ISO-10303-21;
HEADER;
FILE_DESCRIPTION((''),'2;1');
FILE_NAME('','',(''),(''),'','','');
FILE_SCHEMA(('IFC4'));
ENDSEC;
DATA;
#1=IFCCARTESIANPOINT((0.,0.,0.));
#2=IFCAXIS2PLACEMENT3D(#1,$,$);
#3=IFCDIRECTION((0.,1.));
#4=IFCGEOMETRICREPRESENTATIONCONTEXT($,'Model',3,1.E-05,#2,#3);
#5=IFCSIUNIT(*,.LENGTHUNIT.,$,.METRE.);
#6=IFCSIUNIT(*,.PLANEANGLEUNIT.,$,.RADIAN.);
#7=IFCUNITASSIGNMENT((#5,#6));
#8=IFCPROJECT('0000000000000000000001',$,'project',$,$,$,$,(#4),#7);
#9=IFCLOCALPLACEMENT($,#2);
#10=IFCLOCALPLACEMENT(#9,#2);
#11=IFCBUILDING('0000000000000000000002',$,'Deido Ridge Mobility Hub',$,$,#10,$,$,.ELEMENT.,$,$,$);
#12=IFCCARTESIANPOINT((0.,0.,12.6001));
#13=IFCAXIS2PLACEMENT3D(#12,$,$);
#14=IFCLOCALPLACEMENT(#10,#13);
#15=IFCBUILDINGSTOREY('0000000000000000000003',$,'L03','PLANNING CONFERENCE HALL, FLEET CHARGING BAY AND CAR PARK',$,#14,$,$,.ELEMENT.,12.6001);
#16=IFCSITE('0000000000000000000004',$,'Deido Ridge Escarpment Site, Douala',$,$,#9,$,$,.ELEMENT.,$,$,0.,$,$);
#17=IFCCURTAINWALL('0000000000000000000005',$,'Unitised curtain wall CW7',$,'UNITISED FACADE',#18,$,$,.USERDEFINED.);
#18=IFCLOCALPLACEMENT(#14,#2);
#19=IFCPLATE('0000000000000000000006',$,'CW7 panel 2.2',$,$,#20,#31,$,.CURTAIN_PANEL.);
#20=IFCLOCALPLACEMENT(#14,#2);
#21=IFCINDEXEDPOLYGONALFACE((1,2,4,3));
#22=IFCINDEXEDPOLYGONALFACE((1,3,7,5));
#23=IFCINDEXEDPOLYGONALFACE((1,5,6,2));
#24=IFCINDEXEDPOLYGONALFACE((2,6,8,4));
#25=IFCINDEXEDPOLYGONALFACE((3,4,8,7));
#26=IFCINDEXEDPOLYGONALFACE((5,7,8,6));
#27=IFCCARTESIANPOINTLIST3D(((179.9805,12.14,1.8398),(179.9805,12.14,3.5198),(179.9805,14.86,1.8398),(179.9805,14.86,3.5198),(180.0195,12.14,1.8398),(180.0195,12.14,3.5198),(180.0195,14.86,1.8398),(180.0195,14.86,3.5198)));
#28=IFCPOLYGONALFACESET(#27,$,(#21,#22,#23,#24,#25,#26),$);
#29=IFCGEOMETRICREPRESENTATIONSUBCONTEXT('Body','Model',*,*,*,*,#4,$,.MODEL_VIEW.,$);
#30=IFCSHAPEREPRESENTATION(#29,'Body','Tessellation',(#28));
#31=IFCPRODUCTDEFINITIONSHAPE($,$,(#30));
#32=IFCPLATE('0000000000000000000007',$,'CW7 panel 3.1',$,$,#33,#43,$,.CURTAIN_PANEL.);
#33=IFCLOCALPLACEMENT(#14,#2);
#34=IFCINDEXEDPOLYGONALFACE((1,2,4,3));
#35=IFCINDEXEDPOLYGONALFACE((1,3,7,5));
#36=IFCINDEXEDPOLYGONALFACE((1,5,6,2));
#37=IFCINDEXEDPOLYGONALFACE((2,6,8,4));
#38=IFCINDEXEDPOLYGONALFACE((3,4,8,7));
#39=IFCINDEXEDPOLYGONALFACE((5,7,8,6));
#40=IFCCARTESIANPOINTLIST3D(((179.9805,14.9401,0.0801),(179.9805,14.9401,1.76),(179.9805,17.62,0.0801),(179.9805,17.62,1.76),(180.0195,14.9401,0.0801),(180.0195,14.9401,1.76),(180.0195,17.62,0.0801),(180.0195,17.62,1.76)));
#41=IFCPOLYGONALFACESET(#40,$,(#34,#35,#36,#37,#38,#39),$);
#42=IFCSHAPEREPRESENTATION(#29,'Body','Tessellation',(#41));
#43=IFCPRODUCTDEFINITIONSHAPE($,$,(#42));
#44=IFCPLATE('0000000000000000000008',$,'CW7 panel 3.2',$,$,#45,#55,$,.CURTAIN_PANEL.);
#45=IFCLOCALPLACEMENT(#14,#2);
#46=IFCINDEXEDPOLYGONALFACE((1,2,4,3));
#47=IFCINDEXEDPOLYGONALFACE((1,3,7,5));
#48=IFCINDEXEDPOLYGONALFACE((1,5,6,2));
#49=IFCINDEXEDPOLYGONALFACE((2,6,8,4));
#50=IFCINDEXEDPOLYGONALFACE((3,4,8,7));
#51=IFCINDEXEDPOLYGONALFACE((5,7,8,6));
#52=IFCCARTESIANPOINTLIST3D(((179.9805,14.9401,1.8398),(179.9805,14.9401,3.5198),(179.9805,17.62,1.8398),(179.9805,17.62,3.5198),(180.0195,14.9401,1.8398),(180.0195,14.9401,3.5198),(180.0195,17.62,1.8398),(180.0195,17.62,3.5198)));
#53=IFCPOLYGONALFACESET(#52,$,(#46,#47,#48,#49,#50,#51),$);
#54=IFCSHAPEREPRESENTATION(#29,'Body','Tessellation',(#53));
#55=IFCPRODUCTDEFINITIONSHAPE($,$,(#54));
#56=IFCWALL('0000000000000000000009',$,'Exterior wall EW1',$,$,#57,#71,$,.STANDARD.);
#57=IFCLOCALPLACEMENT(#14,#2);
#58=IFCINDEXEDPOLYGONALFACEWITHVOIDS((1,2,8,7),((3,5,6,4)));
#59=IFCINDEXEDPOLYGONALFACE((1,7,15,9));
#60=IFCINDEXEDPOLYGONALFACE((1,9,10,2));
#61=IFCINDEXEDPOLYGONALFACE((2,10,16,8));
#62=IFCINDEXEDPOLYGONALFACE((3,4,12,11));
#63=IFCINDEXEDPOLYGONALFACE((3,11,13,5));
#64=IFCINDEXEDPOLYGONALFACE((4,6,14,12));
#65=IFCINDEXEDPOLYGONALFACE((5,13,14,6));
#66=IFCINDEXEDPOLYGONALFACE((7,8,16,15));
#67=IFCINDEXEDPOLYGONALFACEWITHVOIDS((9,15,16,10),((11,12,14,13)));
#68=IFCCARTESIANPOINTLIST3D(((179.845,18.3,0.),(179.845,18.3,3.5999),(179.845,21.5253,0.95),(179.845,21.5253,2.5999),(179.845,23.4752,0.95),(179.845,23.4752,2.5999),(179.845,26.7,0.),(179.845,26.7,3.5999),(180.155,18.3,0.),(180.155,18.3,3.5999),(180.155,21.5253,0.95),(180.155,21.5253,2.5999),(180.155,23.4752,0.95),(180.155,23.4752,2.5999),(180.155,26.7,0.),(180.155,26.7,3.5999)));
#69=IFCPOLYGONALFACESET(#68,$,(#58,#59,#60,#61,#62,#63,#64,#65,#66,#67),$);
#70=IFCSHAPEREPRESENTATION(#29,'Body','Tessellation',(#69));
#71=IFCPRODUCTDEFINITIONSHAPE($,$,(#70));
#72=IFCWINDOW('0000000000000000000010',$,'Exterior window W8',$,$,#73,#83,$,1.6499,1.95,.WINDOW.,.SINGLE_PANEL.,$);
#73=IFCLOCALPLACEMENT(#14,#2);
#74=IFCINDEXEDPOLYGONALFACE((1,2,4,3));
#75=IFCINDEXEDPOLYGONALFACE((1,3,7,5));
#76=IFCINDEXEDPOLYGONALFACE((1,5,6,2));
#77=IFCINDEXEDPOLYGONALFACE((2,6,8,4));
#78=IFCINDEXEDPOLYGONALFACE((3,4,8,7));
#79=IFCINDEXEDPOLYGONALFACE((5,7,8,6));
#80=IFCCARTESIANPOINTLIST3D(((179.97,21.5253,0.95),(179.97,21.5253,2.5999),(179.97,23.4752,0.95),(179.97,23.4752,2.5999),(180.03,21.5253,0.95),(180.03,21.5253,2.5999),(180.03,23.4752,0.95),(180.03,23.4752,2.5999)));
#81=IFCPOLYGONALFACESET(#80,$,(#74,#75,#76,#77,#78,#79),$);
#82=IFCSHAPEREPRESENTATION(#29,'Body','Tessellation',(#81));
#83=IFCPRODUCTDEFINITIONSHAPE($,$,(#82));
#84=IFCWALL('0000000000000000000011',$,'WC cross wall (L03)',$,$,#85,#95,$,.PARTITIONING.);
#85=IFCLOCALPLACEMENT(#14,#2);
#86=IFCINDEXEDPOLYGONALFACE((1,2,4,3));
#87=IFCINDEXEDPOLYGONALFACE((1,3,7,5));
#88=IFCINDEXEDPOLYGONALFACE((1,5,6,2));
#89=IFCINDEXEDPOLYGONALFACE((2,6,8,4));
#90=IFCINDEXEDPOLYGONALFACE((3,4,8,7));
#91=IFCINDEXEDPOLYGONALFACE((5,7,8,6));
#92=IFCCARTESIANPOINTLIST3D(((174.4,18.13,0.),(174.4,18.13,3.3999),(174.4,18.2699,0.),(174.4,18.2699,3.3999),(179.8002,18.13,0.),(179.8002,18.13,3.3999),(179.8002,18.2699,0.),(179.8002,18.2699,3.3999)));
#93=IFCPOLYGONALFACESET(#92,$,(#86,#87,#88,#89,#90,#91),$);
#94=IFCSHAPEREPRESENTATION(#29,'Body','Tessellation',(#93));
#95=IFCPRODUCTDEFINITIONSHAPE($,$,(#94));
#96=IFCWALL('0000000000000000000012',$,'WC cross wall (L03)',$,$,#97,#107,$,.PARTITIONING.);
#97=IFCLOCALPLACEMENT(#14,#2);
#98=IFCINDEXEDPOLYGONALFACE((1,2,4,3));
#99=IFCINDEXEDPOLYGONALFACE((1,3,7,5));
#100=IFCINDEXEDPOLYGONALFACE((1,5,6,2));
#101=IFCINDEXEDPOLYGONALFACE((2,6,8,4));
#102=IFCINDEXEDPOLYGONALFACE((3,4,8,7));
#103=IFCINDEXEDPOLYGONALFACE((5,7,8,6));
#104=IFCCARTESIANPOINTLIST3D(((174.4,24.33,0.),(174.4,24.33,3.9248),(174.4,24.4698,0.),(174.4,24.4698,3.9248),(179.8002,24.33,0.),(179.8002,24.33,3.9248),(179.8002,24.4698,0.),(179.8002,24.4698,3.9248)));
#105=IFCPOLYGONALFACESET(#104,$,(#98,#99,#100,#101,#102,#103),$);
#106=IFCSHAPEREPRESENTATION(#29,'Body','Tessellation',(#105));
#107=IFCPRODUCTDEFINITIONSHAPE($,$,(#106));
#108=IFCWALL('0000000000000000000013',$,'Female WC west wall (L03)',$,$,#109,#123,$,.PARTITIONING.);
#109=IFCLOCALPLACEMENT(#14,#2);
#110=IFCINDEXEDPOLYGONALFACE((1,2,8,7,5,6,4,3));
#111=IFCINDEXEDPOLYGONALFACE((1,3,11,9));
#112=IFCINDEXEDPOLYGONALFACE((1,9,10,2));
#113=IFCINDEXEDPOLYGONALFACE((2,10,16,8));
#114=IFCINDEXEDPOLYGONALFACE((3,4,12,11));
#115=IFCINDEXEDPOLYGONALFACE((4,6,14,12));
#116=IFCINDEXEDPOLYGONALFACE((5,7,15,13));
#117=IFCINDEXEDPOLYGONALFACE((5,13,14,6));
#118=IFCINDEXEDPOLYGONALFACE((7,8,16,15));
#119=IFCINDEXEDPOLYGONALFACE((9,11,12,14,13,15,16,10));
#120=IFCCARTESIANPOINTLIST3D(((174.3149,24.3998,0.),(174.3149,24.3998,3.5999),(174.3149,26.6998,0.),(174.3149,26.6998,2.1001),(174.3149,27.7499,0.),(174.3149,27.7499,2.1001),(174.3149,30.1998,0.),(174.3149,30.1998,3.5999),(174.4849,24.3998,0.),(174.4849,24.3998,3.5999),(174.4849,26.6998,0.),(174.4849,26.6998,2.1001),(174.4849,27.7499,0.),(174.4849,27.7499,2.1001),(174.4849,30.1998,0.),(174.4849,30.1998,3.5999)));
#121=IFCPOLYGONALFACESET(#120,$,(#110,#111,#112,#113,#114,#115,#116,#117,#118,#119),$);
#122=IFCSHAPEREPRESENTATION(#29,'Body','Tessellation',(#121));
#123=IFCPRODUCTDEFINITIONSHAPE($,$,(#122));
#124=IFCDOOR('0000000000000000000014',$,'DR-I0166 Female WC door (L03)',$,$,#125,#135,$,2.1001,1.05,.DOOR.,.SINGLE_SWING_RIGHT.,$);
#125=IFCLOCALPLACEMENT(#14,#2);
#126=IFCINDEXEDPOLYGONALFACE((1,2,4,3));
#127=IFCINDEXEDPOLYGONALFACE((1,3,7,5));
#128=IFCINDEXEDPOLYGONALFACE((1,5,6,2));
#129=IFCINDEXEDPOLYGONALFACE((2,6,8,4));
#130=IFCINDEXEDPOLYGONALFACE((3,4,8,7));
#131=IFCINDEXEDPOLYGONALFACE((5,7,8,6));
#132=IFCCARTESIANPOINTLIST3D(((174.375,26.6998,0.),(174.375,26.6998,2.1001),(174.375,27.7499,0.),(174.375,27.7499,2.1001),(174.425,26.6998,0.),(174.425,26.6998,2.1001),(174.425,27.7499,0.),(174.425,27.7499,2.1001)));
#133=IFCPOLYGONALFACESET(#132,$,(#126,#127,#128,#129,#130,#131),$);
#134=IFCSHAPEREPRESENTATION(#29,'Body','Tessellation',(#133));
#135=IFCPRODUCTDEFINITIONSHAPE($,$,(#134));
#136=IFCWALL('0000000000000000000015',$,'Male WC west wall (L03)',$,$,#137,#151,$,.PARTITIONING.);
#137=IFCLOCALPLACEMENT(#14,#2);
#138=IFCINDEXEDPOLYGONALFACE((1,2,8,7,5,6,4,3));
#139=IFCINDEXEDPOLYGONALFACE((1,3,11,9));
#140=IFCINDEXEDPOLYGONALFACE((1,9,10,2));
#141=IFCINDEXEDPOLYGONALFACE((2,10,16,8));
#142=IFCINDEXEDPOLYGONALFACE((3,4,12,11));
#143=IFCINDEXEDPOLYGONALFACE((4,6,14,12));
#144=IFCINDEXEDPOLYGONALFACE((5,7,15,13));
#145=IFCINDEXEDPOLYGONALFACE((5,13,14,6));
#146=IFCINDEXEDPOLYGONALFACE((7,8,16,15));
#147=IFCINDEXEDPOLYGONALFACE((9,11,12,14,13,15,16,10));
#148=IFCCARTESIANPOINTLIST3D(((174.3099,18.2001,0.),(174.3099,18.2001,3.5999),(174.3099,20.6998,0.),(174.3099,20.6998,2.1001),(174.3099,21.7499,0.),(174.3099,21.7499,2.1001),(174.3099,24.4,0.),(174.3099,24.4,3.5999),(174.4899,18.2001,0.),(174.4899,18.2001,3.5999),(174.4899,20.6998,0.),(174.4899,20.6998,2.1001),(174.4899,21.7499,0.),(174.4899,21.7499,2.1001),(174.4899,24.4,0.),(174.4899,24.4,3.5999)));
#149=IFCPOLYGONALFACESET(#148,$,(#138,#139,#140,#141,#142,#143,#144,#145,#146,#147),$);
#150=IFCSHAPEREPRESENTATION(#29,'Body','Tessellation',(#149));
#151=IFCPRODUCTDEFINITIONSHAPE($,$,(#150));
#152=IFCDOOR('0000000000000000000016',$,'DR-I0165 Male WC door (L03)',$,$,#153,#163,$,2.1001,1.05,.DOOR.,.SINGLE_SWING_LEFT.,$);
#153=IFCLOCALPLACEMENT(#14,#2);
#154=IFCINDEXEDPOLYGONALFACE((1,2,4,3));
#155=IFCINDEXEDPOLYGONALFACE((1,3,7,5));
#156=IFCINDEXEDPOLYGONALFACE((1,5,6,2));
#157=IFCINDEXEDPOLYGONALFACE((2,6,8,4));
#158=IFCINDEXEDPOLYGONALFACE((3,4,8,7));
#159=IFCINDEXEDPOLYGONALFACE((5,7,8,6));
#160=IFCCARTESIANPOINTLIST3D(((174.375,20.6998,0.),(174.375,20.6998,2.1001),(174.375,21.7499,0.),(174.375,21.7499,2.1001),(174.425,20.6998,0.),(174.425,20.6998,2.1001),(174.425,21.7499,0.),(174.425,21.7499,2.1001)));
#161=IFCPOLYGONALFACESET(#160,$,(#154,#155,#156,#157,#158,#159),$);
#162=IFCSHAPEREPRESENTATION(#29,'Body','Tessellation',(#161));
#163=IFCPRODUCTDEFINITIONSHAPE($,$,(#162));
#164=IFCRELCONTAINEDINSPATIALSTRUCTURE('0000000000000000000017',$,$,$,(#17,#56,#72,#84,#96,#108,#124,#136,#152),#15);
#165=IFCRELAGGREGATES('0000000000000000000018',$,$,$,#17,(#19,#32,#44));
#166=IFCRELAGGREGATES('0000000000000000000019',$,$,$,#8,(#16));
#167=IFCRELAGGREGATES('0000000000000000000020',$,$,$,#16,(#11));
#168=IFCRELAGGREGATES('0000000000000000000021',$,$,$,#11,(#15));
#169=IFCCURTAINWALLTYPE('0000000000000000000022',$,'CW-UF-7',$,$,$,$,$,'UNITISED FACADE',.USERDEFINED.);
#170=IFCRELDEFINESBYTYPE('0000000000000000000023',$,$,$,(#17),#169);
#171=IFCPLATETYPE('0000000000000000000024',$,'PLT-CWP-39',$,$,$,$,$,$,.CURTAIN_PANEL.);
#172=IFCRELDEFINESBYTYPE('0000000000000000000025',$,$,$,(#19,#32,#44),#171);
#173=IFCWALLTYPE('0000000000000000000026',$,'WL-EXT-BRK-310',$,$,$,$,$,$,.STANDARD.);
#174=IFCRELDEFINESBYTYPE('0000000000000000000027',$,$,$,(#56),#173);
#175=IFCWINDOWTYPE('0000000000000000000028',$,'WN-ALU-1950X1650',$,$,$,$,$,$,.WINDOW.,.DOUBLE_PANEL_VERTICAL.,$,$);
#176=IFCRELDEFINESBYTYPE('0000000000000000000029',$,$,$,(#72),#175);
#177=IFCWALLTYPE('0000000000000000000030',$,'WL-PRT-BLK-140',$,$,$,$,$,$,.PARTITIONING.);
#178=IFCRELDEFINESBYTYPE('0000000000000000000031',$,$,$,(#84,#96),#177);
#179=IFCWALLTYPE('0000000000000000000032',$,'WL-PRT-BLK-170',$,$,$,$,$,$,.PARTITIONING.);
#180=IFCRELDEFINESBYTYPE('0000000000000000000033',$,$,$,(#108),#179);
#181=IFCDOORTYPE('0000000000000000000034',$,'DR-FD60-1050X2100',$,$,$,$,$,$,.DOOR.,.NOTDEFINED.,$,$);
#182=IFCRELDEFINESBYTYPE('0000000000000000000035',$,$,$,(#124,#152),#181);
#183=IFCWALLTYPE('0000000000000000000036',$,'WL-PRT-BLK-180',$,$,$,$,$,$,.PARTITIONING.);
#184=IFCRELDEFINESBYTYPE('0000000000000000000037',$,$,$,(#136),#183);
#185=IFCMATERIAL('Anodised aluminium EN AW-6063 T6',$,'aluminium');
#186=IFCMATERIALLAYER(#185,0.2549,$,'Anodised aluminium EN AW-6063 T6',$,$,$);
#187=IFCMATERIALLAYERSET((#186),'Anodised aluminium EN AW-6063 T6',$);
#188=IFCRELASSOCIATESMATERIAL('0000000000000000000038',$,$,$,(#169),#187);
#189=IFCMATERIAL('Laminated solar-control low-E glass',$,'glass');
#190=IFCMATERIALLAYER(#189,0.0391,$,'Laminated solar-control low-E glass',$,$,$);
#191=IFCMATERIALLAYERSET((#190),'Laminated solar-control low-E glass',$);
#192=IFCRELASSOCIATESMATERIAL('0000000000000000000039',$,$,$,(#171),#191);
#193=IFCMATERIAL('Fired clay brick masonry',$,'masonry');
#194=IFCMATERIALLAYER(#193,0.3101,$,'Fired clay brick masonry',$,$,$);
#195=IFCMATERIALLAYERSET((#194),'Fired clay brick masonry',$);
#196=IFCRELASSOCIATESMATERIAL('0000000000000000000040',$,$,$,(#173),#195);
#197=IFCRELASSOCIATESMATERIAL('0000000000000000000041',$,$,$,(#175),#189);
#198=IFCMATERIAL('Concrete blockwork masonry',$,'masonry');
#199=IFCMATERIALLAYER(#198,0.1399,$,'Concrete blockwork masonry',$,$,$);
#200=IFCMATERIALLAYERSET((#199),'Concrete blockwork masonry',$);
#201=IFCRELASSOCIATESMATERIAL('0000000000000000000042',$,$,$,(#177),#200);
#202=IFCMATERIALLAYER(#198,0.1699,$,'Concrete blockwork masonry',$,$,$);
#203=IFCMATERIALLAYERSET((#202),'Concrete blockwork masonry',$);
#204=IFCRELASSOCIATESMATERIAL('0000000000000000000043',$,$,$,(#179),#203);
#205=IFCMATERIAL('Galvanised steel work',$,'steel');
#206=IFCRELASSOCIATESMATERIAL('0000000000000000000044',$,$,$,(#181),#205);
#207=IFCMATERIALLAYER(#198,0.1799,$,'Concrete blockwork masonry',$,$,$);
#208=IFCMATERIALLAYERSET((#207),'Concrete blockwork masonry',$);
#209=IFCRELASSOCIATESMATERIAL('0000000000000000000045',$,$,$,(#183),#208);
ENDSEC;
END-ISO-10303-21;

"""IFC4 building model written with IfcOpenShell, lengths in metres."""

from ifc_helpers import new_model, si_unit, direction, frame, frame_2d, origin, origin_2d, place, context, subcontext, project, spatial, rectangle, extrude, material, layer, layer_set, type_object, element, fill, aggregate, save


model = new_model("IFC4")

# Units and contexts
model_context = context("Model", 3, precision=1e-05, world=origin(), true_north=direction((0.0, 1.0)))
body_context = subcontext(model_context, "Body", "Model", "MODEL_VIEW")
ifc_project = project(units=[si_unit("LENGTHUNIT", "METRE"), si_unit("PLANEANGLEUNIT", "RADIAN")], contexts=[model_context])

# Site, building, storey
site_placement = place(None, origin())
site = spatial("IfcSite", under=ifc_project, at=site_placement, Name="Deido Ridge Escarpment Site, Douala", CompositionType="ELEMENT", RefElevation=0.0)
building_placement = place(site_placement, origin())
building = spatial("IfcBuilding", under=site, at=building_placement, Name="Deido Ridge Mobility Hub", CompositionType="ELEMENT")
storey_placement = place(building_placement, frame((0.0, 0.0, 12.6001)))
storey = spatial("IfcBuildingStorey", under=building, at=storey_placement, Name="L03", Description="PLANNING CONFERENCE HALL, FLEET CHARGING BAY AND CAR PARK", CompositionType="ELEMENT", Elevation=12.6001)

# Curtain wall
ifc_material_1 = material(Name="Anodised aluminium EN AW-6063 T6", Category="aluminium")
ifc_layer_1 = layer(ifc_material_1, 0.2549, Name="Anodised aluminium EN AW-6063 T6")
ifc_layer_set_1 = layer_set([ifc_layer_1], Name="Anodised aluminium EN AW-6063 T6")
curtain_wall_type = type_object("IfcCurtainWallType", Name="CW-UF-7", ElementType="UNITISED FACADE", PredefinedType="USERDEFINED", material=ifc_layer_set_1)
curtain_wall_placement = place(storey_placement, origin())
curtain_wall = element("IfcCurtainWall", 1, at=curtain_wall_placement, inside=storey, type_object=curtain_wall_type, Name="Unitised curtain wall CW7", ObjectType="UNITISED FACADE", PredefinedType="USERDEFINED")

# Plates
ifc_material_2 = material(Name="Laminated solar-control low-E glass", Category="glass")
ifc_layer_2 = layer(ifc_material_2, 0.0391, Name="Laminated solar-control low-E glass")
ifc_layer_set_2 = layer_set([ifc_layer_2], Name="Laminated solar-control low-E glass")
plate_type = type_object("IfcPlateType", Name="PLT-CWP-39", PredefinedType="CURTAIN_PANEL", material=ifc_layer_set_2)
plate_1_placement = place(storey_placement, frame((180.0, 13.5, 1.8398), z_axis=(0.0, 0.0, 1.0), x_axis=(0.0, 1.0, 0.0)))
plate_1 = element("IfcPlate", 2, at=plate_1_placement, type_object=plate_type, Name="CW7 panel 2.2", PredefinedType="CURTAIN_PANEL", context=body_context, shape_type="SweptSolid", body=[
    extrude(rectangle(XDim=2.72, YDim=0.0391, at=origin_2d()), origin(), (0.0, 0.0, 1.0), 1.6799),
])
plate_2_placement = place(storey_placement, frame((180.0, 16.28, 0.0801), z_axis=(0.0, 0.0, 1.0), x_axis=(0.0, 1.0, 0.0)))
plate_2 = element("IfcPlate", 3, at=plate_2_placement, type_object=plate_type, Name="CW7 panel 3.1", PredefinedType="CURTAIN_PANEL", context=body_context, shape_type="SweptSolid", body=[
    extrude(rectangle(XDim=2.6799, YDim=0.0391, at=origin_2d()), origin(), (0.0, 0.0, 1.0), 1.6799),
])
plate_3_placement = place(storey_placement, frame((180.0, 16.28, 1.8398), z_axis=(0.0, 0.0, 1.0), x_axis=(0.0, 1.0, 0.0)))
plate_3 = element("IfcPlate", 4, at=plate_3_placement, type_object=plate_type, Name="CW7 panel 3.2", PredefinedType="CURTAIN_PANEL", context=body_context, shape_type="SweptSolid", body=[
    extrude(rectangle(XDim=2.6799, YDim=0.0391, at=origin_2d()), origin(), (0.0, 0.0, 1.0), 1.6799),
])
aggregate(curtain_wall, [plate_1, plate_2, plate_3])

# Wall, opening, window
ifc_material_3 = material(Name="Fired clay brick masonry", Category="masonry")
ifc_layer_3 = layer(ifc_material_3, 0.3101, Name="Fired clay brick masonry")
ifc_layer_set_3 = layer_set([ifc_layer_3], Name="Fired clay brick masonry")
wall_type_1 = type_object("IfcWallType", Name="WL-EXT-BRK-310", PredefinedType="STANDARD", material=ifc_layer_set_3)
wall_1_placement = place(storey_placement, frame((180.0, 18.3, 0.0), z_axis=(0.0, 0.0, 1.0), x_axis=(0.0, 1.0, 0.0)))
wall_1 = element("IfcWall", 5, at=wall_1_placement, inside=storey, type_object=wall_type_1, Name="Exterior wall EW1", PredefinedType="STANDARD", context=body_context, shape_type="SweptSolid", body=[
    extrude(rectangle(XDim=8.3999, YDim=0.3101, at=frame_2d((4.2, 0.0))), origin(), (0.0, 0.0, 1.0), 3.5999),
])
opening_1_placement = place(wall_1_placement, frame((3.2251, 0.0, 0.95)))
opening_1 = element("IfcOpeningElement", 6, at=opening_1_placement, cuts=wall_1, PredefinedType="OPENING", context=body_context, shape_type="SweptSolid", body=[
    extrude(rectangle(XDim=1.95, YDim=1.6499, at=frame_2d((0.9751, 0.825))), frame((0.0, 0.165, 0.0), z_axis=(0.0, -1.0, 0.0), x_axis=(1.0, 0.0, 0.0)), (0.0, 0.0, 1.0), 0.3301),
])
window_type = type_object("IfcWindowType", Name="WN-ALU-1950X1650", PartitioningType="DOUBLE_PANEL_VERTICAL", PredefinedType="WINDOW", material=ifc_material_2)
window_placement = place(opening_1_placement, origin())
window = element("IfcWindow", 7, at=window_placement, inside=storey, type_object=window_type, Name="Exterior window W8", OverallHeight=1.6499, OverallWidth=1.95, PartitioningType="SINGLE_PANEL", PredefinedType="WINDOW", context=body_context, shape_type="SweptSolid", body=[
    extrude(rectangle(XDim=1.95, YDim=1.6499, at=frame_2d((0.9751, 0.825))), frame((0.0, 0.03, 0.0), z_axis=(0.0, -1.0, 0.0), x_axis=(1.0, 0.0, 0.0)), (0.0, 0.0, 1.0), 0.0601),
])
fill(opening_1, window)

# Walls
ifc_material_4 = material(Name="Concrete blockwork masonry", Category="masonry")
ifc_layer_4 = layer(ifc_material_4, 0.1399, Name="Concrete blockwork masonry")
ifc_layer_set_4 = layer_set([ifc_layer_4], Name="Concrete blockwork masonry")
wall_type_2 = type_object("IfcWallType", Name="WL-PRT-BLK-140", PredefinedType="PARTITIONING", material=ifc_layer_set_4)
wall_2_placement = place(storey_placement, frame((174.3999, 18.2, 0.0), z_axis=(0.0, 0.0, 1.0), x_axis=(1.0, 0.0, 0.0)))
element("IfcWall", 8, at=wall_2_placement, inside=storey, type_object=wall_type_2, Name="WC cross wall (L03)", PredefinedType="PARTITIONING", context=body_context, shape_type="SweptSolid", body=[
    extrude(rectangle(XDim=5.4001, YDim=0.1399, at=frame_2d((2.7002, 0.0))), origin(), (0.0, 0.0, 1.0), 3.3999),
])
wall_3_placement = place(storey_placement, frame((174.3999, 24.3999, 0.0), z_axis=(0.0, 0.0, 1.0), x_axis=(1.0, 0.0, 0.0)))
element("IfcWall", 9, at=wall_3_placement, inside=storey, type_object=wall_type_2, Name="WC cross wall (L03)", PredefinedType="PARTITIONING", context=body_context, shape_type="SweptSolid", body=[
    extrude(rectangle(XDim=5.4001, YDim=0.1399, at=frame_2d((2.7002, 0.0))), origin(), (0.0, 0.0, 1.0), 3.9248),
])

# Walls, openings, doors
ifc_layer_5 = layer(ifc_material_4, 0.1699, Name="Concrete blockwork masonry")
ifc_layer_set_5 = layer_set([ifc_layer_5], Name="Concrete blockwork masonry")
wall_type_3 = type_object("IfcWallType", Name="WL-PRT-BLK-170", PredefinedType="PARTITIONING", material=ifc_layer_set_5)
wall_4_placement = place(storey_placement, frame((174.3999, 24.3999, 0.0), z_axis=(0.0, 0.0, 1.0), x_axis=(0.0, 1.0, 0.0)))
wall_4 = element("IfcWall", 10, at=wall_4_placement, inside=storey, type_object=wall_type_3, Name="Female WC west wall (L03)", PredefinedType="PARTITIONING", context=body_context, shape_type="SweptSolid", body=[
    extrude(rectangle(XDim=5.8, YDim=0.1699, at=frame_2d((2.8999, 0.0))), origin(), (0.0, 0.0, 1.0), 3.5999),
])
opening_2_placement = place(wall_4_placement, frame((2.3, 0.0, 0.0)))
opening_2 = element("IfcOpeningElement", 11, at=opening_2_placement, cuts=wall_4, PredefinedType="OPENING", context=body_context, shape_type="SweptSolid", body=[
    extrude(rectangle(XDim=1.05, YDim=2.1001, at=frame_2d((0.5249, 1.05))), frame((0.0, 0.095, 0.0), z_axis=(0.0, -1.0, 0.0), x_axis=(1.0, 0.0, 0.0)), (0.0, 0.0, 1.0), 0.1899),
])
ifc_material_5 = material(Name="Galvanised steel work", Category="steel")
door_type_1 = type_object("IfcDoorType", Name="DR-FD60-1050X2100", OperationType="NOTDEFINED", PredefinedType="DOOR", material=ifc_material_5)
door_1_placement = place(opening_2_placement, origin())
door_1 = element("IfcDoor", 12, at=door_1_placement, inside=storey, type_object=door_type_1, Name="DR-I0166 Female WC door (L03)", OperationType="SINGLE_SWING_RIGHT", OverallHeight=2.1001, OverallWidth=1.05, PredefinedType="DOOR", context=body_context, shape_type="SweptSolid", body=[
    extrude(rectangle(XDim=1.05, YDim=2.1001, at=frame_2d((0.5249, 1.05))), frame((0.0, 0.0249, 0.0), z_axis=(0.0, -1.0, 0.0), x_axis=(1.0, 0.0, 0.0)), (0.0, 0.0, 1.0), 0.05),
])
fill(opening_2, door_1)
ifc_layer_6 = layer(ifc_material_4, 0.1799, Name="Concrete blockwork masonry")
ifc_layer_set_6 = layer_set([ifc_layer_6], Name="Concrete blockwork masonry")
wall_type_4 = type_object("IfcWallType", Name="WL-PRT-BLK-180", PredefinedType="PARTITIONING", material=ifc_layer_set_6)
wall_5_placement = place(storey_placement, frame((174.3999, 18.2, 0.0), z_axis=(0.0, 0.0, 1.0), x_axis=(0.0, 1.0, 0.0)))
wall_5 = element("IfcWall", 13, at=wall_5_placement, inside=storey, type_object=wall_type_4, Name="Male WC west wall (L03)", PredefinedType="PARTITIONING", context=body_context, shape_type="SweptSolid", body=[
    extrude(rectangle(XDim=6.2, YDim=0.1799, at=frame_2d((3.1001, 0.0))), origin(), (0.0, 0.0, 1.0), 3.5999),
])
opening_3_placement = place(wall_5_placement, frame((2.5, 0.0, 0.0)))
opening_3 = element("IfcOpeningElement", 14, at=opening_3_placement, cuts=wall_5, PredefinedType="OPENING", context=body_context, shape_type="SweptSolid", body=[
    extrude(rectangle(XDim=1.05, YDim=2.1001, at=frame_2d((0.5249, 1.05))), frame((0.0, 0.1001, 0.0), z_axis=(0.0, -1.0, 0.0), x_axis=(1.0, 0.0, 0.0)), (0.0, 0.0, 1.0), 0.2),
])
door_2_placement = place(opening_3_placement, origin())
door_2 = element("IfcDoor", 15, at=door_2_placement, inside=storey, type_object=door_type_1, Name="DR-I0165 Male WC door (L03)", OperationType="SINGLE_SWING_LEFT", OverallHeight=2.1001, OverallWidth=1.05, PredefinedType="DOOR", context=body_context, shape_type="SweptSolid", body=[
    extrude(rectangle(XDim=1.05, YDim=2.1001, at=frame_2d((0.5249, 1.05))), frame((0.0, 0.0249, 0.0), z_axis=(0.0, -1.0, 0.0), x_axis=(1.0, 0.0, 0.0)), (0.0, 0.0, 1.0), 0.05),
])
fill(opening_3, door_2)

save(model, "model.ifc")
